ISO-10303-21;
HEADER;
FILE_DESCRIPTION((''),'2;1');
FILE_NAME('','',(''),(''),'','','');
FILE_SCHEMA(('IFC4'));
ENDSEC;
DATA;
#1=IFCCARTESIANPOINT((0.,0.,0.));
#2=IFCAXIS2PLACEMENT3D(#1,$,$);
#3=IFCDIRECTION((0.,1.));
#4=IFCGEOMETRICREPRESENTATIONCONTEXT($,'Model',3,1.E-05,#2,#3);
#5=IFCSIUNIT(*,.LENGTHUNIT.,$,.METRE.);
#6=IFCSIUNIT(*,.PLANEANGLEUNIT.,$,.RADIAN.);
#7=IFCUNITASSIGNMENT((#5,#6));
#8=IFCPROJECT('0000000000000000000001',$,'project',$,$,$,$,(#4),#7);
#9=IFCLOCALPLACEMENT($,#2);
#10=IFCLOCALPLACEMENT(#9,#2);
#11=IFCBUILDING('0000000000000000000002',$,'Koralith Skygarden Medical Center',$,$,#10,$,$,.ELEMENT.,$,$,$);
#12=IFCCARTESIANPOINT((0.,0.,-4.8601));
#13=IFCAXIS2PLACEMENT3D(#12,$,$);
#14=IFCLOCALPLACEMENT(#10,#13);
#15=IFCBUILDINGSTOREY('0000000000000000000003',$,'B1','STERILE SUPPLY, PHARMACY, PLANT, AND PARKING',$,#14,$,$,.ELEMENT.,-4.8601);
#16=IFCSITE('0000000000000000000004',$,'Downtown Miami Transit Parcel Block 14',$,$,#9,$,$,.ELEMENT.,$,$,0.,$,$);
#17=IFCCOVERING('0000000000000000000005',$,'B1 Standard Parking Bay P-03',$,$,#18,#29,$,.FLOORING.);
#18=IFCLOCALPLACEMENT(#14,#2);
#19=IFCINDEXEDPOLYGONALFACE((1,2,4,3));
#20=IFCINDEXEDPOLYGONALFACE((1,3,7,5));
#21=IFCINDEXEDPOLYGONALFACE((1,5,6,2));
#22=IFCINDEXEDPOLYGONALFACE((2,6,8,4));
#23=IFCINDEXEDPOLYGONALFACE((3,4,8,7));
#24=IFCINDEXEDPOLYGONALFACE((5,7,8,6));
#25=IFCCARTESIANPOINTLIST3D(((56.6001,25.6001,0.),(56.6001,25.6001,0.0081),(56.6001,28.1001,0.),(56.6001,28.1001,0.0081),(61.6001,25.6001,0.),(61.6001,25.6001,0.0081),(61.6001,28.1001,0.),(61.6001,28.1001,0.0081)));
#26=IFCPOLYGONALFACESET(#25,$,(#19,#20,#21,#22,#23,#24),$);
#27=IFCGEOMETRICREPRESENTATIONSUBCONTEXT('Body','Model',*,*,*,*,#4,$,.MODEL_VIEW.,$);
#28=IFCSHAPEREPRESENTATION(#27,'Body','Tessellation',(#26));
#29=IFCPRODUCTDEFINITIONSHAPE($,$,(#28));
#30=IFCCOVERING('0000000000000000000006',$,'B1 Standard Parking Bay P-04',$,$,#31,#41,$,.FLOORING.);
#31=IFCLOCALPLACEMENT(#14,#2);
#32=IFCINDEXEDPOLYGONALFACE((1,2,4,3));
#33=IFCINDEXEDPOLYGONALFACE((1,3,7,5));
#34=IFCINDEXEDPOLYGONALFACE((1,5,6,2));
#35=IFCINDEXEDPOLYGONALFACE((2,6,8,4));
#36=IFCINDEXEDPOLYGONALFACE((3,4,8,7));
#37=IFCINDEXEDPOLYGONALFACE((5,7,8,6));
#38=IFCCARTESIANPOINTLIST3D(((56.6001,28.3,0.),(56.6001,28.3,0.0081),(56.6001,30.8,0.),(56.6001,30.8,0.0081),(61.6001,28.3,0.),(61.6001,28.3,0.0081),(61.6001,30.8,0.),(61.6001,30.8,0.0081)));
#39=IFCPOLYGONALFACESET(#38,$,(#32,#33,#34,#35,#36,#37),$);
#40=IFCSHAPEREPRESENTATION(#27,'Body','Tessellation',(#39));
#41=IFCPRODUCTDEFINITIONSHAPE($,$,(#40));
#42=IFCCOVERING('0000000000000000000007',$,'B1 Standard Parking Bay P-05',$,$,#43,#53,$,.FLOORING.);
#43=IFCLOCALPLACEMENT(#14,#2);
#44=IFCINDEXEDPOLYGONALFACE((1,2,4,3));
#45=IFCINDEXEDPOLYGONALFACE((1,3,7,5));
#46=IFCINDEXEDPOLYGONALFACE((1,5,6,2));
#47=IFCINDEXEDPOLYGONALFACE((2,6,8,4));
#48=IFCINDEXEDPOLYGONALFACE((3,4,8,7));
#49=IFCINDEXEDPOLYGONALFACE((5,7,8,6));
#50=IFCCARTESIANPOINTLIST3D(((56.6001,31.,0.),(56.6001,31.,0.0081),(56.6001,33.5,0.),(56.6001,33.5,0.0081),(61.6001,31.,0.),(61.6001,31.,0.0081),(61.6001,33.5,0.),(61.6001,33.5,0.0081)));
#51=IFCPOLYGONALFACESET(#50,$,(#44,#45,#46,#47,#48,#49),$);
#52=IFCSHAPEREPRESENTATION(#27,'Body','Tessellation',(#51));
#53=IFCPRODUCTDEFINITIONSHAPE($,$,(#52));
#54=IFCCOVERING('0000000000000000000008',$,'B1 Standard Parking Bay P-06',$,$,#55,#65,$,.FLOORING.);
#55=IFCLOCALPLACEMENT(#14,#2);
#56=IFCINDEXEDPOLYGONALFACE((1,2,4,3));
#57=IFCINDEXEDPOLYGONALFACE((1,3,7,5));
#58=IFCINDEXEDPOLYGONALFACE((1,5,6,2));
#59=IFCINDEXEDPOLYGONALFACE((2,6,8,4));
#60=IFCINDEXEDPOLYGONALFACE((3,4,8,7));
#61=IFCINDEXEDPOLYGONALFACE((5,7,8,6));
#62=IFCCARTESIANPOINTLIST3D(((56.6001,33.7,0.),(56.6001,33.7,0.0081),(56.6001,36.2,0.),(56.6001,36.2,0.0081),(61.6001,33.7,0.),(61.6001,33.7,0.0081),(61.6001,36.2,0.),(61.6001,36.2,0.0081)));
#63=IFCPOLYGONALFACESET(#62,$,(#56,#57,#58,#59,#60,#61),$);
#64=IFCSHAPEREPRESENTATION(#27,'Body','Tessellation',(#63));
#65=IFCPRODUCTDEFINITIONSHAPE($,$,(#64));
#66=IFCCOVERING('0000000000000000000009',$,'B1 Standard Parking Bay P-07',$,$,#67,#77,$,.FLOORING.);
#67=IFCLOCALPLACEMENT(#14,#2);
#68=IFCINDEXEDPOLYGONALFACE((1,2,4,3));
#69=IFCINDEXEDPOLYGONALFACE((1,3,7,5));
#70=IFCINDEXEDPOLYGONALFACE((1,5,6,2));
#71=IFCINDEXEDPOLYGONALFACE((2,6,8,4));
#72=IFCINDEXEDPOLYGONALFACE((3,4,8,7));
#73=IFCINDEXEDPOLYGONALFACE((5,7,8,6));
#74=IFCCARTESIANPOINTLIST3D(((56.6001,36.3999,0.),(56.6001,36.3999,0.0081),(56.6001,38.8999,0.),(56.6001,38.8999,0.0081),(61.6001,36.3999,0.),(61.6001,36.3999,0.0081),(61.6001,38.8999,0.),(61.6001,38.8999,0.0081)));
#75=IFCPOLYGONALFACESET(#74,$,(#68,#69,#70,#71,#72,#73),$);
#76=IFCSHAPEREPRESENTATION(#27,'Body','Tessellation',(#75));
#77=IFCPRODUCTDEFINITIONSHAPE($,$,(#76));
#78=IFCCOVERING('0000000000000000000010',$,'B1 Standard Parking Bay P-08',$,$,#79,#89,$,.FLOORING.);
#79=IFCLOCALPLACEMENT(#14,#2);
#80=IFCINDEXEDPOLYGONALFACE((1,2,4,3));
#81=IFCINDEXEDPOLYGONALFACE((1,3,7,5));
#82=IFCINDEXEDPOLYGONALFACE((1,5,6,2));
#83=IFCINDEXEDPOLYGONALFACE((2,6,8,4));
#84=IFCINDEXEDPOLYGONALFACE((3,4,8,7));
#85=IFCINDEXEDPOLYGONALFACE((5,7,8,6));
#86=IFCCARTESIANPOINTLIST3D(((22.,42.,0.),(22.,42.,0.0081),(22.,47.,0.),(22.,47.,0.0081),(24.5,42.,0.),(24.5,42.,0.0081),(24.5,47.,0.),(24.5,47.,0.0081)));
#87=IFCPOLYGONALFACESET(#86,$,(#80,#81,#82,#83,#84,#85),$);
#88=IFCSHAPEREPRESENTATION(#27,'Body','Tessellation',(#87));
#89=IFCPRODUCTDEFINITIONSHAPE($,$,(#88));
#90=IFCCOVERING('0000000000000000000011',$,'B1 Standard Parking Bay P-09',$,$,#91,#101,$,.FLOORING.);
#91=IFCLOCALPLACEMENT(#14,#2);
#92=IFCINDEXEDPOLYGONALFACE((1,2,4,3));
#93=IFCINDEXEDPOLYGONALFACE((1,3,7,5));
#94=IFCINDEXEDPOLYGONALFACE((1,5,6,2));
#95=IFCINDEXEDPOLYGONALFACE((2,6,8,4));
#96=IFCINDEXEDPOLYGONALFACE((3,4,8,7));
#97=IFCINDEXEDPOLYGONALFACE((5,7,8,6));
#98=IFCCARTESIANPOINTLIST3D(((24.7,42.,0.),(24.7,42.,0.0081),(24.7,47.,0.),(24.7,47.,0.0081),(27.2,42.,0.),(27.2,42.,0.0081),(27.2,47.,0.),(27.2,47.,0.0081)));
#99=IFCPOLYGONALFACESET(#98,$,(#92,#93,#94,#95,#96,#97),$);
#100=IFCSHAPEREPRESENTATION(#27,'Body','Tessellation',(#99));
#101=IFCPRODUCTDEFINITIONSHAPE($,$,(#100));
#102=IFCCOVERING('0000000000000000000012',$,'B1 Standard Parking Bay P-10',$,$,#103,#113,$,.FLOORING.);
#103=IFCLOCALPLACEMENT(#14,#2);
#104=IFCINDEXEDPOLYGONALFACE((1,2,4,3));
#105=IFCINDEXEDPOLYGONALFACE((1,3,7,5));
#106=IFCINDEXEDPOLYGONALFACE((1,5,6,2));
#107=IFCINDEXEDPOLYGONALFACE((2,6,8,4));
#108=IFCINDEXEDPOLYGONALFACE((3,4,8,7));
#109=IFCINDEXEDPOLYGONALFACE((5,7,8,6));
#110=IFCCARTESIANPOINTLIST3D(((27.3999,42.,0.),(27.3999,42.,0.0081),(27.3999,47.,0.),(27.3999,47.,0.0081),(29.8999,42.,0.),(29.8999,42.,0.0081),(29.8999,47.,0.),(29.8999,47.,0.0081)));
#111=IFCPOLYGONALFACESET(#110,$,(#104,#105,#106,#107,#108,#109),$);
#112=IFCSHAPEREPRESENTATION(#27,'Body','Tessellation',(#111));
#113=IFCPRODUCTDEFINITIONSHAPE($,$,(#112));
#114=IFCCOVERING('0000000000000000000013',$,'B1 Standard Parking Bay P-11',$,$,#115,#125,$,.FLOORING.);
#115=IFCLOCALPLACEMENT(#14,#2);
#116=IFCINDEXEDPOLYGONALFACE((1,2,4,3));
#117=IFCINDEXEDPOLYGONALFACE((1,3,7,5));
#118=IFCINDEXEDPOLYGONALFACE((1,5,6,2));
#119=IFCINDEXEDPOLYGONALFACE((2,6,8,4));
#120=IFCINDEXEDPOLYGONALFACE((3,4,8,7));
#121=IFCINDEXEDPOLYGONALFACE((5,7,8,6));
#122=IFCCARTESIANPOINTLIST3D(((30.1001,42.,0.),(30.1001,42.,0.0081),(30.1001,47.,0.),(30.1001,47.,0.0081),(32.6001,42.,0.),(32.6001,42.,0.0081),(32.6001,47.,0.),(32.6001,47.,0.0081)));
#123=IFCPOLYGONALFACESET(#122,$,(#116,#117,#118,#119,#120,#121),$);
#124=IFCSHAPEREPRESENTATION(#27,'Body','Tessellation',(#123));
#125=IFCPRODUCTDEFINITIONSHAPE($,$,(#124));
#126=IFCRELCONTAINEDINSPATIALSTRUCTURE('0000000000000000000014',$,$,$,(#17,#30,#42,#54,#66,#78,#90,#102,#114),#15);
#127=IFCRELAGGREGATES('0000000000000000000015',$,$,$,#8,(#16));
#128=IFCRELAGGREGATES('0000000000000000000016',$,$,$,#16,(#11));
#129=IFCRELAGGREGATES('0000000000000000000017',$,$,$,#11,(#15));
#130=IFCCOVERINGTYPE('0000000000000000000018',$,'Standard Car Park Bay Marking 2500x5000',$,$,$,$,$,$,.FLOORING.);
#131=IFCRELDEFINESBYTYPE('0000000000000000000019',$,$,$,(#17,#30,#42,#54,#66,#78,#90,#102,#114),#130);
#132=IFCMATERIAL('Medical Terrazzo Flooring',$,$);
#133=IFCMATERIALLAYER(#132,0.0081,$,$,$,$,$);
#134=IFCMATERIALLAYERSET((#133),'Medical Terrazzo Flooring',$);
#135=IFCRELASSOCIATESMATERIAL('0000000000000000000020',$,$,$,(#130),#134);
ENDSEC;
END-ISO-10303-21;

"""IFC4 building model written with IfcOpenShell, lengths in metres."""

from ifc_helpers import new_model, si_unit, direction, frame, origin, place, context, subcontext, project, spatial, polyline, outline, extrude, material, layer, layer_set, type_object, element, save


model = new_model("IFC4")

# Units and contexts
model_context = context("Model", 3, precision=1e-05, world=origin(), true_north=direction((0.0, 1.0)))
body_context = subcontext(model_context, "Body", "Model", "MODEL_VIEW")
ifc_project = project(units=[si_unit("LENGTHUNIT", "METRE"), si_unit("PLANEANGLEUNIT", "RADIAN")], contexts=[model_context])

# Site, building, storey
site_placement = place(None, origin())
site = spatial("IfcSite", under=ifc_project, at=site_placement, Name="Downtown Miami Transit Parcel Block 14", CompositionType="ELEMENT", RefElevation=0.0)
building_placement = place(site_placement, origin())
building = spatial("IfcBuilding", under=site, at=building_placement, Name="Koralith Skygarden Medical Center", CompositionType="ELEMENT")
storey_placement = place(building_placement, frame((0.0, 0.0, -4.8601)))
storey = spatial("IfcBuildingStorey", under=building, at=storey_placement, Name="B1", Description="STERILE SUPPLY, PHARMACY, PLANT, AND PARKING", CompositionType="ELEMENT", Elevation=-4.8601)

# Coverings
ifc_material_1 = material(Name="Medical Terrazzo Flooring")
ifc_layer_1 = layer(ifc_material_1, 0.0081)
ifc_layer_set_1 = layer_set([ifc_layer_1], Name="Medical Terrazzo Flooring")
covering_type_1 = type_object("IfcCoveringType", Name="Standard Car Park Bay Marking 2500x5000", PredefinedType="FLOORING", material=ifc_layer_set_1)
covering_1_placement = place(storey_placement, origin())
element("IfcCovering", 1, at=covering_1_placement, inside=storey, type_object=covering_type_1, Name="B1 Standard Parking Bay P-03", PredefinedType="FLOORING", context=body_context, shape_type="SweptSolid", body=[
    extrude(outline(polyline([(56.6001, 25.6001), (61.6001, 25.6001), (61.6001, 28.1001), (56.6001, 28.1001), (56.6001, 25.6001)])), origin(), (0.0, 0.0, 1.0), 0.0081),
])
covering_2_placement = place(storey_placement, origin())
element("IfcCovering", 2, at=covering_2_placement, inside=storey, type_object=covering_type_1, Name="B1 Standard Parking Bay P-04", PredefinedType="FLOORING", context=body_context, shape_type="SweptSolid", body=[
    extrude(outline(polyline([(56.6001, 28.3), (61.6001, 28.3), (61.6001, 30.8), (56.6001, 30.8), (56.6001, 28.3)])), origin(), (0.0, 0.0, 1.0), 0.0081),
])
covering_3_placement = place(storey_placement, origin())
element("IfcCovering", 3, at=covering_3_placement, inside=storey, type_object=covering_type_1, Name="B1 Standard Parking Bay P-05", PredefinedType="FLOORING", context=body_context, shape_type="SweptSolid", body=[
    extrude(outline(polyline([(56.6001, 31.0), (61.6001, 31.0), (61.6001, 33.5), (56.6001, 33.5), (56.6001, 31.0)])), origin(), (0.0, 0.0, 1.0), 0.0081),
])
covering_4_placement = place(storey_placement, origin())
element("IfcCovering", 4, at=covering_4_placement, inside=storey, type_object=covering_type_1, Name="B1 Standard Parking Bay P-06", PredefinedType="FLOORING", context=body_context, shape_type="SweptSolid", body=[
    extrude(outline(polyline([(56.6001, 33.7), (61.6001, 33.7), (61.6001, 36.2), (56.6001, 36.2), (56.6001, 33.7)])), origin(), (0.0, 0.0, 1.0), 0.0081),
])
covering_5_placement = place(storey_placement, origin())
element("IfcCovering", 5, at=covering_5_placement, inside=storey, type_object=covering_type_1, Name="B1 Standard Parking Bay P-07", PredefinedType="FLOORING", context=body_context, shape_type="SweptSolid", body=[
    extrude(outline(polyline([(56.6001, 36.3999), (61.6001, 36.3999), (61.6001, 38.8999), (56.6001, 38.8999), (56.6001, 36.3999)])), origin(), (0.0, 0.0, 1.0), 0.0081),
])
covering_6_placement = place(storey_placement, origin())
element("IfcCovering", 6, at=covering_6_placement, inside=storey, type_object=covering_type_1, Name="B1 Standard Parking Bay P-08", PredefinedType="FLOORING", context=body_context, shape_type="SweptSolid", body=[
    extrude(outline(polyline([(22.0, 42.0), (24.5, 42.0), (24.5, 47.0), (22.0, 47.0), (22.0, 42.0)])), origin(), (0.0, 0.0, 1.0), 0.0081),
])
covering_7_placement = place(storey_placement, origin())
element("IfcCovering", 7, at=covering_7_placement, inside=storey, type_object=covering_type_1, Name="B1 Standard Parking Bay P-09", PredefinedType="FLOORING", context=body_context, shape_type="SweptSolid", body=[
    extrude(outline(polyline([(24.7, 42.0), (27.2, 42.0), (27.2, 47.0), (24.7, 47.0), (24.7, 42.0)])), origin(), (0.0, 0.0, 1.0), 0.0081),
])
covering_8_placement = place(storey_placement, origin())
element("IfcCovering", 8, at=covering_8_placement, inside=storey, type_object=covering_type_1, Name="B1 Standard Parking Bay P-10", PredefinedType="FLOORING", context=body_context, shape_type="SweptSolid", body=[
    extrude(outline(polyline([(27.3999, 42.0), (29.8999, 42.0), (29.8999, 47.0), (27.3999, 47.0), (27.3999, 42.0)])), origin(), (0.0, 0.0, 1.0), 0.0081),
])
covering_9_placement = place(storey_placement, origin())
element("IfcCovering", 9, at=covering_9_placement, inside=storey, type_object=covering_type_1, Name="B1 Standard Parking Bay P-11", PredefinedType="FLOORING", context=body_context, shape_type="SweptSolid", body=[
    extrude(outline(polyline([(30.1001, 42.0), (32.6001, 42.0), (32.6001, 47.0), (30.1001, 47.0), (30.1001, 42.0)])), origin(), (0.0, 0.0, 1.0), 0.0081),
])

save(model, "model.ifc")
